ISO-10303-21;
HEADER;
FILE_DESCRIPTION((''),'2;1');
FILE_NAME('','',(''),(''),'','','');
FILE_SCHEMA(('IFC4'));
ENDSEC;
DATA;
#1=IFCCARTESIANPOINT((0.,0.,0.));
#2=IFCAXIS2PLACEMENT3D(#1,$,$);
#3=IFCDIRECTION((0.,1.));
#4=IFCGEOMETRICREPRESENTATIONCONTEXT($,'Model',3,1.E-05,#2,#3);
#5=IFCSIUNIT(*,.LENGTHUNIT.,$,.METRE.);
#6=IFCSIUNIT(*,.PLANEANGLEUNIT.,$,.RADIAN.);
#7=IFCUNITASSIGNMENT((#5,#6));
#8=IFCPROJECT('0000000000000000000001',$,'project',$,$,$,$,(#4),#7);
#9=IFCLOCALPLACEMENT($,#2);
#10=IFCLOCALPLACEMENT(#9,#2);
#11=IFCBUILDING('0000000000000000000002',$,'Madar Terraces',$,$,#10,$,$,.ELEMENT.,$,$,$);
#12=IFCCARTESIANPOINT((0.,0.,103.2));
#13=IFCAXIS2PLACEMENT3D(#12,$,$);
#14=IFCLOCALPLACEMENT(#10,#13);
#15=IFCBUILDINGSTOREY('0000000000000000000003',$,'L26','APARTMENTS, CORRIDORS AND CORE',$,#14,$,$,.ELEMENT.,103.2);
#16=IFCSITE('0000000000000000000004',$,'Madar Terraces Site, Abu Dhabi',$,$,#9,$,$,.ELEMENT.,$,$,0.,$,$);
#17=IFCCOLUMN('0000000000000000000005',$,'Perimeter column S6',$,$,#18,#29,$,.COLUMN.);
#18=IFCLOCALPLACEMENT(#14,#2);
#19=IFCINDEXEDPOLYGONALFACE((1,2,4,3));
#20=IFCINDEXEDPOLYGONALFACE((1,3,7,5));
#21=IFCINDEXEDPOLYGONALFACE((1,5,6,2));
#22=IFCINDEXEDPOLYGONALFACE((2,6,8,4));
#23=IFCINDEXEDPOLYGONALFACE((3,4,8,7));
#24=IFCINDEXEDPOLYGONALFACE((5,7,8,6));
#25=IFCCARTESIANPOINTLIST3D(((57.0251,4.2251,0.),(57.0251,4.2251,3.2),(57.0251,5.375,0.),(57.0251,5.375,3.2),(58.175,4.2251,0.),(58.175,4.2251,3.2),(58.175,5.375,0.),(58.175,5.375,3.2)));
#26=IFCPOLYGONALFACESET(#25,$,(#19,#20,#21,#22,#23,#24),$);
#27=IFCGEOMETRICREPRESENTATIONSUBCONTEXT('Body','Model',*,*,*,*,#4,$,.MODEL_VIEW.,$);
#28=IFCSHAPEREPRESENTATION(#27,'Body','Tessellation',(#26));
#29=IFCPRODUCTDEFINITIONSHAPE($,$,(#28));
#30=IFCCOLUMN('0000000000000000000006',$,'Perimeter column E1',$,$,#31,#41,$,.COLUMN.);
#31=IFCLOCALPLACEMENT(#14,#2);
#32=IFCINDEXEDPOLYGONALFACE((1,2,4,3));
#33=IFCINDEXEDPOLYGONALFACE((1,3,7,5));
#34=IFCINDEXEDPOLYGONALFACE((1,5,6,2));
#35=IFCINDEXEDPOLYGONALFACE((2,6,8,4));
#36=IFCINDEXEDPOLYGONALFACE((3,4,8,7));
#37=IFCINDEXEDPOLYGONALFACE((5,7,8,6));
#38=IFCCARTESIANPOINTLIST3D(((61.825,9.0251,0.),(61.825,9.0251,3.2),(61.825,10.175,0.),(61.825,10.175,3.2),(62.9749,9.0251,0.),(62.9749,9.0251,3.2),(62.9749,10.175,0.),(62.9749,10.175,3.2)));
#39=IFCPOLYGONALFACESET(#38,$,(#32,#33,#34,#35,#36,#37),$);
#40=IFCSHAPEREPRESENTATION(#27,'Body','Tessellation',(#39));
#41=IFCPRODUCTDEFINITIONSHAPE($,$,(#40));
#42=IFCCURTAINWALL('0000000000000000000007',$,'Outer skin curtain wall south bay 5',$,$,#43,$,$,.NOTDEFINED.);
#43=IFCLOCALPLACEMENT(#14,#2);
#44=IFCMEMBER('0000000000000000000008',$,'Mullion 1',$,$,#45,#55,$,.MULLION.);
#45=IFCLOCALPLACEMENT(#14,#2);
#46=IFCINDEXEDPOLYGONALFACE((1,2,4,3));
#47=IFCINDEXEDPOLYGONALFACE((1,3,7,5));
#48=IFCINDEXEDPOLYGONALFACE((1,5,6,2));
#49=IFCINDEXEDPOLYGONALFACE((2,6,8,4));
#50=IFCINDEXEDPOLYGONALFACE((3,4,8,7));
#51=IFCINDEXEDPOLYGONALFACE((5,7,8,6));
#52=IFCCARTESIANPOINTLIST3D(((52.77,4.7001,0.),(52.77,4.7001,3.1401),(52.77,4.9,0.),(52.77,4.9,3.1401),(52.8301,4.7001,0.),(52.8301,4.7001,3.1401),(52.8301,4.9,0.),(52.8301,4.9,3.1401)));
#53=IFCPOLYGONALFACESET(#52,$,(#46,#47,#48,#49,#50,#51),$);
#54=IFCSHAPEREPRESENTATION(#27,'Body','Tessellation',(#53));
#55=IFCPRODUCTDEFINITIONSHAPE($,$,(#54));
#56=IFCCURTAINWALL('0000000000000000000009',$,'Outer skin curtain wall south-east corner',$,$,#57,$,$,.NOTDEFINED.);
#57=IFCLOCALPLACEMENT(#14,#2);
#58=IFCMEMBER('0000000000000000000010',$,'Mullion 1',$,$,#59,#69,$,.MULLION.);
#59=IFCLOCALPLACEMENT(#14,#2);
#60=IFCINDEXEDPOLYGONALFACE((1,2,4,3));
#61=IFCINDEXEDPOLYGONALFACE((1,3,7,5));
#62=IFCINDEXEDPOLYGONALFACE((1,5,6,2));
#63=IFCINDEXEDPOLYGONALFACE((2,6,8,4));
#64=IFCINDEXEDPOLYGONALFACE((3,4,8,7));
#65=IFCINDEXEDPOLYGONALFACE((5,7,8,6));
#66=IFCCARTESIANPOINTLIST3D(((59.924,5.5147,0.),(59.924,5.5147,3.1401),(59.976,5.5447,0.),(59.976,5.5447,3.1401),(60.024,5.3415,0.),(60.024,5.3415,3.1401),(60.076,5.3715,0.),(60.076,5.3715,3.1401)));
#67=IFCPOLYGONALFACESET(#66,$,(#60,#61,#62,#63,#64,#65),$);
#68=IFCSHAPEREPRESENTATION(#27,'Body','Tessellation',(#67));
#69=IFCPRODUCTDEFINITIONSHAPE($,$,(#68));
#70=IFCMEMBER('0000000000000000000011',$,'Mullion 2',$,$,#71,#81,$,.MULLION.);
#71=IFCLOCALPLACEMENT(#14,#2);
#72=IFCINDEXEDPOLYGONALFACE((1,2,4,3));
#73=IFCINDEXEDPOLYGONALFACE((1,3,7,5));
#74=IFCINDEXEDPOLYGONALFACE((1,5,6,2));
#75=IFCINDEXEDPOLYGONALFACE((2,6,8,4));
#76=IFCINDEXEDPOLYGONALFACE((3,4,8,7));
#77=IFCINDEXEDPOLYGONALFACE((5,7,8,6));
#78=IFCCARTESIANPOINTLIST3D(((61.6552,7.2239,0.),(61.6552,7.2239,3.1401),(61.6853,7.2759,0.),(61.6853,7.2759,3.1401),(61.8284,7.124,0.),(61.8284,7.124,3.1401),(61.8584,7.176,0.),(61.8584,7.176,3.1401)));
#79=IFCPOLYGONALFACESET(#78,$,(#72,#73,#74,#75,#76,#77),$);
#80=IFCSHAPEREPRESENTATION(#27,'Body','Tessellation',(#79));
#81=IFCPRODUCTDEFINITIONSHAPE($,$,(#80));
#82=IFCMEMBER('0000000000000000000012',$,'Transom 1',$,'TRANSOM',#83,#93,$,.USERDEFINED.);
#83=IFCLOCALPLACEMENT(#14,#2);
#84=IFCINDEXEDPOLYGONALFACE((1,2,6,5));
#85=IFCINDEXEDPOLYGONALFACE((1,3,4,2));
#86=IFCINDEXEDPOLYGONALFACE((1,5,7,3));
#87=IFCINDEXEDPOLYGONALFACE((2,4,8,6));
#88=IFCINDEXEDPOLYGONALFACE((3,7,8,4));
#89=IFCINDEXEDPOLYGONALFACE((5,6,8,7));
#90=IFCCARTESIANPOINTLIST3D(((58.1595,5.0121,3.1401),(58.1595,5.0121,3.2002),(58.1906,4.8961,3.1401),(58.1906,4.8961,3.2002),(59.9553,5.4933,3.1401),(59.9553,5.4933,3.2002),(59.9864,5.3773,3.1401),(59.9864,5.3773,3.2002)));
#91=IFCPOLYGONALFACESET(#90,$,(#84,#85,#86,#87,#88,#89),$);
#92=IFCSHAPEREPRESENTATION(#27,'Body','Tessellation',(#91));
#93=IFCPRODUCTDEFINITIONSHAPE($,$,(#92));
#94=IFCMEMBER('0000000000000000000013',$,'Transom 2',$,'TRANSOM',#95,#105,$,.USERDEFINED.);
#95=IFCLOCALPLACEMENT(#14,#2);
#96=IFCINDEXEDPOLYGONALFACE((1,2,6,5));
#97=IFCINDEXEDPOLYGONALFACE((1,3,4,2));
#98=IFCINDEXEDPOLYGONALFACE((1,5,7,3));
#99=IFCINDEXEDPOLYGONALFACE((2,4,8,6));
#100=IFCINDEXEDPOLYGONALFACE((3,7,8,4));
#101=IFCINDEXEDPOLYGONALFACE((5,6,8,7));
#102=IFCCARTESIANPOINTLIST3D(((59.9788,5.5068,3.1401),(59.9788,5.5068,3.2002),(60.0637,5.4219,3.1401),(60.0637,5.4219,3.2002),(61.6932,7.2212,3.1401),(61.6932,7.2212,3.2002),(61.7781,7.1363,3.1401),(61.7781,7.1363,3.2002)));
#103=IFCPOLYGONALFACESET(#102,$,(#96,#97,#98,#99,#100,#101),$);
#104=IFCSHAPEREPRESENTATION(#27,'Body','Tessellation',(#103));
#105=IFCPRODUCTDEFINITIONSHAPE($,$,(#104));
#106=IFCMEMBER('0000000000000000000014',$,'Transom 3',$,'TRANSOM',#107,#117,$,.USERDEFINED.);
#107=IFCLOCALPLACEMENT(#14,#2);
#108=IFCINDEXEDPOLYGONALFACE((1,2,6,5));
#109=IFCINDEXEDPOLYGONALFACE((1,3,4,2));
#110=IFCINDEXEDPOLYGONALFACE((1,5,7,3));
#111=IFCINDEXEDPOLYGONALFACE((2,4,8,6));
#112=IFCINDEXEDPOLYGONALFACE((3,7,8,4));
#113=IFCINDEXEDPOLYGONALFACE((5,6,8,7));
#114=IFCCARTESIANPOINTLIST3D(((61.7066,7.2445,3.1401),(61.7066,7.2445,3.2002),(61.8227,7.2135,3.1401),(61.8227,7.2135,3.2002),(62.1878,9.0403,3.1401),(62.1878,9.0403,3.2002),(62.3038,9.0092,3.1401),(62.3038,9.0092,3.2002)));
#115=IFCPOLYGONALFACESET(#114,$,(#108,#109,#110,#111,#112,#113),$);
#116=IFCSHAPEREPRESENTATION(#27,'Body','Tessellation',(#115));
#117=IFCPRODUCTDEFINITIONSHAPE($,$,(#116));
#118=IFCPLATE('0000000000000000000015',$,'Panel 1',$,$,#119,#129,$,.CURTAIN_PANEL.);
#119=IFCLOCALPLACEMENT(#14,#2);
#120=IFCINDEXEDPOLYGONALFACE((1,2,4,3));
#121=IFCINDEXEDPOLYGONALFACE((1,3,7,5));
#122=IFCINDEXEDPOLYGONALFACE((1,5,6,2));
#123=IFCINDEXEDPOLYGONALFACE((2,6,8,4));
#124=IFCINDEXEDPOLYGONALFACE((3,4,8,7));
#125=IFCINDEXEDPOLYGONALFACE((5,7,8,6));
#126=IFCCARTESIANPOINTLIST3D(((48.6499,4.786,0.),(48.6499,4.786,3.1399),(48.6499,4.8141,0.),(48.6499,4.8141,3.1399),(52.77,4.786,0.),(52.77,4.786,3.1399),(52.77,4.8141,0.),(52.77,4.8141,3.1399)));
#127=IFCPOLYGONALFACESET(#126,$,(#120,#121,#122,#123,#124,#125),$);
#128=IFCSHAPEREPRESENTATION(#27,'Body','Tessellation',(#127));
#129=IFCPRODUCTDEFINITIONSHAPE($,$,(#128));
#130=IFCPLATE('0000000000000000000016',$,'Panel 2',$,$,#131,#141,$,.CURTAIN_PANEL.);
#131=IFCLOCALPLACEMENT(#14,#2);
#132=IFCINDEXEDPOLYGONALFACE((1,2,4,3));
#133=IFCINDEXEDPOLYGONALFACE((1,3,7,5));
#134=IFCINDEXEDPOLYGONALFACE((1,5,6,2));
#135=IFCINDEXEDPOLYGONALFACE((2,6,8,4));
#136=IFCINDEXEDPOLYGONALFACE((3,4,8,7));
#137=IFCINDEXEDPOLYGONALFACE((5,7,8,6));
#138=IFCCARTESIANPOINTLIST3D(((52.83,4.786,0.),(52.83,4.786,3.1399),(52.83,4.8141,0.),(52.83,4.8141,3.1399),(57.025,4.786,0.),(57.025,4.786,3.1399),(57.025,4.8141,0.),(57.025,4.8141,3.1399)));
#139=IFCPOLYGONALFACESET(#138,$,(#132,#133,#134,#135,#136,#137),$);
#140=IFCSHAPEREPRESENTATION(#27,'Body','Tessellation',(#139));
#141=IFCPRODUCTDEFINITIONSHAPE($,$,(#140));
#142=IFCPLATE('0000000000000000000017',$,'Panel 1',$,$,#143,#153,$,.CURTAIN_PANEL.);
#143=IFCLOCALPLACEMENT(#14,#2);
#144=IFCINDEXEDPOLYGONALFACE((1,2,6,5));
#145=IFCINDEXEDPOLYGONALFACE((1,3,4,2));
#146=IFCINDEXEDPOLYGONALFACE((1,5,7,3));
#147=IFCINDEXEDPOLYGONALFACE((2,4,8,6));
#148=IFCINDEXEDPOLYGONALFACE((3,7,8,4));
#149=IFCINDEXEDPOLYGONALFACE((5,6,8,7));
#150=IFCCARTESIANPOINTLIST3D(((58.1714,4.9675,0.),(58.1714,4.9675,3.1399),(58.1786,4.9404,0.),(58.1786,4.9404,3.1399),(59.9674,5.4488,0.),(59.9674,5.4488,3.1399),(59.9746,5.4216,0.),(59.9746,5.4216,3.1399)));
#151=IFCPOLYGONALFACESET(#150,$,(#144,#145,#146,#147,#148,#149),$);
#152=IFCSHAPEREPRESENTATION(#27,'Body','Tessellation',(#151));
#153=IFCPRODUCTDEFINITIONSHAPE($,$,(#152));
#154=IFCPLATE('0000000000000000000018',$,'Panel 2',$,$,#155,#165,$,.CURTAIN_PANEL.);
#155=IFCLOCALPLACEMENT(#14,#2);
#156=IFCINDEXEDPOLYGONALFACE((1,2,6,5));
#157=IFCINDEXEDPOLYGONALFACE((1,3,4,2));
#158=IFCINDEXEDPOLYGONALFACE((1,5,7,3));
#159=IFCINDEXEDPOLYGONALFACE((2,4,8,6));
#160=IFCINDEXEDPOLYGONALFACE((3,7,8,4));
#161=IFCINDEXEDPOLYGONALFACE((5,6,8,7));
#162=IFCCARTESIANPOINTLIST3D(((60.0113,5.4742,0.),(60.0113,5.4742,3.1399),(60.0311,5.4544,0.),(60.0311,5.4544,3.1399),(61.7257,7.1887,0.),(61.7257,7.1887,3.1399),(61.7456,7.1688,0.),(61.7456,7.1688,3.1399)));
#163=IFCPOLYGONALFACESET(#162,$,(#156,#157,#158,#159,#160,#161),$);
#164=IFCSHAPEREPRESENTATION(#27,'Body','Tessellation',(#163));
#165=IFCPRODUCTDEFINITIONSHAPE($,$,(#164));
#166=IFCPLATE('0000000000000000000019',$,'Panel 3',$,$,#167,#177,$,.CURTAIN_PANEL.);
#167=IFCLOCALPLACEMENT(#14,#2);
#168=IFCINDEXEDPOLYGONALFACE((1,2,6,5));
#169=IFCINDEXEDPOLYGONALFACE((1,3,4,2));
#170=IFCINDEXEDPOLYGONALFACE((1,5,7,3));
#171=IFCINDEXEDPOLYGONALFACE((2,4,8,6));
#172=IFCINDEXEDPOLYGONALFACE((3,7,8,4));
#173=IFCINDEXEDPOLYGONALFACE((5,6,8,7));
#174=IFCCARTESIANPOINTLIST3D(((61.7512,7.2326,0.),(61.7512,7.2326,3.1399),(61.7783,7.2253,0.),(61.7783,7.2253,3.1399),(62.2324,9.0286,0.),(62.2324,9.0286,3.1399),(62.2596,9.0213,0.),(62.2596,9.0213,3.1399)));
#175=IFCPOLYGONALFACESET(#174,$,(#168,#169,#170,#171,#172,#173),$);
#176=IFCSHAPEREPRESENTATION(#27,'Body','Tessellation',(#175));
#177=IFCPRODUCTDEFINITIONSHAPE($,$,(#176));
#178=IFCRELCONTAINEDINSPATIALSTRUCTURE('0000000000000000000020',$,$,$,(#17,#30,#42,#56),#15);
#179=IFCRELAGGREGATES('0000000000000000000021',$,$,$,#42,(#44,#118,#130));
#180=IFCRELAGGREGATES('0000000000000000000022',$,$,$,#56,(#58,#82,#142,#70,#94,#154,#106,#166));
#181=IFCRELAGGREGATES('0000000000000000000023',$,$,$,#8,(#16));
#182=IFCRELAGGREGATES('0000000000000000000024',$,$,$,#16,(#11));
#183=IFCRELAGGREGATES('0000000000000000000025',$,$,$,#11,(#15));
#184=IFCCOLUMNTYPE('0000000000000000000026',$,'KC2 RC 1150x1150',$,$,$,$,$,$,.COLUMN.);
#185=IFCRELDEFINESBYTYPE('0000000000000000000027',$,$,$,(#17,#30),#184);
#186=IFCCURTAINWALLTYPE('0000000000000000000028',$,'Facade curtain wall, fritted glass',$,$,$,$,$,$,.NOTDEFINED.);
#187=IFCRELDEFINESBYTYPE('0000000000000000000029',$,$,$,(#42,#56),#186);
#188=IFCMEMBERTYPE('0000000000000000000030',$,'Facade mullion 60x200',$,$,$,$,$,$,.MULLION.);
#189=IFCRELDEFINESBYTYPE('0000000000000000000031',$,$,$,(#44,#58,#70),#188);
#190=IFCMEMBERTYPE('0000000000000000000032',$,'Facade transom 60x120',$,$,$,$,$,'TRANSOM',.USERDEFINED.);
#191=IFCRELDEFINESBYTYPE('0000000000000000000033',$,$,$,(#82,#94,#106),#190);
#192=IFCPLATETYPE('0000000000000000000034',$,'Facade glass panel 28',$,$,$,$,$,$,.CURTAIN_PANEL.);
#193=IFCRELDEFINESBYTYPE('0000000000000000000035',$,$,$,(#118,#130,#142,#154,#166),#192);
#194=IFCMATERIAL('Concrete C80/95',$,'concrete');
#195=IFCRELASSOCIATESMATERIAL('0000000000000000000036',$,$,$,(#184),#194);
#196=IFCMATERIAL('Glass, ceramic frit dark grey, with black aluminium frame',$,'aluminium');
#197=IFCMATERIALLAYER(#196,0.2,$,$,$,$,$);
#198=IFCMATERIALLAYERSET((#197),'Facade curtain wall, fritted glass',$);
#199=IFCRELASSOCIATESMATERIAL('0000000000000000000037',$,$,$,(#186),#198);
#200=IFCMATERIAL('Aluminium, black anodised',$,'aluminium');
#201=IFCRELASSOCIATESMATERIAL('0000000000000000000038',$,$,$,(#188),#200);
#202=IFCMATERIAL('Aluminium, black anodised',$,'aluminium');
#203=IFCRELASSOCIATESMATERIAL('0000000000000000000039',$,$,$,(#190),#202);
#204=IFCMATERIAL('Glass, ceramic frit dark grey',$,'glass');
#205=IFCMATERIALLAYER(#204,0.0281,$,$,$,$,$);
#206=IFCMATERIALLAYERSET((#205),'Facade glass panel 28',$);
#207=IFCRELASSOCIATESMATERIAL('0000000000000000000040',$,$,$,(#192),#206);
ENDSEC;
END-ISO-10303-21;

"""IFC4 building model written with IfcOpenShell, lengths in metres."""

from ifc_helpers import new_model, si_unit, direction, frame, origin, origin_2d, place, context, subcontext, project, spatial, rectangle, extrude, material, layer, layer_set, material_profile, profile_set, type_object, element, aggregate, save


model = new_model("IFC4")

# Units and contexts
model_context = context("Model", 3, precision=1e-05, world=origin(), true_north=direction((0.0, 1.0)))
body_context = subcontext(model_context, "Body", "Model", "MODEL_VIEW")
ifc_project = project(units=[si_unit("LENGTHUNIT", "METRE"), si_unit("PLANEANGLEUNIT", "RADIAN")], contexts=[model_context])

# Site, building, storey
site_placement = place(None, origin())
site = spatial("IfcSite", under=ifc_project, at=site_placement, Name="Madar Terraces Site, Abu Dhabi", CompositionType="ELEMENT", RefElevation=0.0)
building_placement = place(site_placement, origin())
building = spatial("IfcBuilding", under=site, at=building_placement, Name="Madar Terraces", CompositionType="ELEMENT")
storey_placement = place(building_placement, frame((0.0, 0.0, 103.2)))
storey = spatial("IfcBuildingStorey", under=building, at=storey_placement, Name="L26", Description="APARTMENTS, CORRIDORS AND CORE", CompositionType="ELEMENT", Elevation=103.2)

# Columns
ifc_material_1 = material(Name="Concrete C80/95", Category="concrete")
ifc_material_profile_1 = material_profile(ifc_material_1, rectangle(XDim=1.1499, YDim=1.1499, at=origin_2d()), Name="KC2 RC 1150x1150")
ifc_profile_set_1 = profile_set([ifc_material_profile_1], Name="Concrete C80/95")
column_type = type_object("IfcColumnType", Name="KC2 RC 1150x1150", PredefinedType="COLUMN", material=ifc_profile_set_1)
for number, where, z_axis, x_axis, name in (
    (1, (57.6001, 4.8, 0.0), (0.0, 0.0, 1.0), (1.0, 0.0, 0.0), "Perimeter column S6"),
    (2, (62.3999, 9.6001, 0.0), (0.0, 0.0, 1.0), (1.0, 0.0, 0.0), "Perimeter column E1"),
):
    element("IfcColumn", number, at=place(storey_placement, frame(where, z_axis=z_axis, x_axis=x_axis)), inside=storey, type_object=column_type, Name=name, PredefinedType="COLUMN", context=body_context, shape_type="SweptSolid", body=[
        extrude(rectangle(XDim=1.1499, YDim=1.1499, at=origin_2d()), origin(), (0.0, 0.0, 1.0), 3.2),
    ])

# Curtain wall, member
ifc_material_2 = material(Name="Glass, ceramic frit dark grey, with black aluminium frame", Category="aluminium")
ifc_layer_1 = layer(ifc_material_2, 0.2)
ifc_layer_set_1 = layer_set([ifc_layer_1], Name="Facade curtain wall, fritted glass")
curtain_wall_type = type_object("IfcCurtainWallType", Name="Facade curtain wall, fritted glass", PredefinedType="NOTDEFINED", material=ifc_layer_set_1)
curtain_wall_1_placement = place(storey_placement, origin())
curtain_wall_1 = element("IfcCurtainWall", 3, at=curtain_wall_1_placement, inside=storey, type_object=curtain_wall_type, Name="Outer skin curtain wall south bay 5", PredefinedType="NOTDEFINED")
ifc_material_3 = material(Name="Aluminium, black anodised", Category="aluminium")
ifc_material_profile_2 = material_profile(ifc_material_3, rectangle(XDim=0.2, YDim=0.0601, at=origin_2d()), Name="Facade mullion 60x200")
ifc_profile_set_2 = profile_set([ifc_material_profile_2], Name="Aluminium, black anodised")
member_type_1 = type_object("IfcMemberType", Name="Facade mullion 60x200", PredefinedType="MULLION", material=ifc_profile_set_2)
member_1_placement = place(storey_placement, frame((52.8, 4.8, 0.0), z_axis=(0.0, 0.0, 1.0), x_axis=(0.0, 1.0, 0.0)))
member_1 = element("IfcMember", 4, at=member_1_placement, type_object=member_type_1, Name="Mullion 1", PredefinedType="MULLION", context=body_context, shape_type="SweptSolid", body=[
    extrude(rectangle(XDim=0.2, YDim=0.0601, at=origin_2d()), origin(), (0.0, 0.0, 1.0), 3.1401),
])

# Curtain wall, members
curtain_wall_2_placement = place(storey_placement, origin())
curtain_wall_2 = element("IfcCurtainWall", 5, at=curtain_wall_2_placement, inside=storey, type_object=curtain_wall_type, Name="Outer skin curtain wall south-east corner", PredefinedType="NOTDEFINED")
member_2_placement = place(storey_placement, frame((60.0, 5.4431, 0.0), z_axis=(0.0, 0.0, 1.0), x_axis=(-0.5, 0.866025, 0.0)))
member_2 = element("IfcMember", 6, at=member_2_placement, type_object=member_type_1, Name="Mullion 1", PredefinedType="MULLION", context=body_context, shape_type="SweptSolid", body=[
    extrude(rectangle(XDim=0.2, YDim=0.0601, at=origin_2d()), origin(), (0.0, 0.0, 1.0), 3.1401),
])
member_3_placement = place(storey_placement, frame((61.7568, 7.2, 0.0), z_axis=(0.0, 0.0, 1.0), x_axis=(-0.866025, 0.5, 0.0)))
member_3 = element("IfcMember", 7, at=member_3_placement, type_object=member_type_1, Name="Mullion 2", PredefinedType="MULLION", context=body_context, shape_type="SweptSolid", body=[
    extrude(rectangle(XDim=0.2, YDim=0.0601, at=origin_2d()), origin(), (0.0, 0.0, 1.0), 3.1401),
])
ifc_material_4 = material(Name="Aluminium, black anodised", Category="aluminium")
ifc_material_profile_3 = material_profile(ifc_material_4, rectangle(XDim=0.1201, YDim=0.0601, at=origin_2d()), Name="Facade transom 60x120")
ifc_profile_set_3 = profile_set([ifc_material_profile_3], Name="Aluminium, black anodised")
member_type_2 = type_object("IfcMemberType", Name="Facade transom 60x120", ElementType="TRANSOM", PredefinedType="USERDEFINED", material=ifc_profile_set_3)
member_4_placement = place(storey_placement, frame((58.175, 4.9541, 3.1702), z_axis=(0.965927, 0.258815, 0.0), x_axis=(-0.258815, 0.965927, 0.0)))
member_4 = element("IfcMember", 8, at=member_4_placement, type_object=member_type_2, Name="Transom 1", ObjectType="TRANSOM", PredefinedType="USERDEFINED", context=body_context, shape_type="SweptSolid", body=[
    extrude(rectangle(XDim=0.1201, YDim=0.0601, at=origin_2d()), origin(), (0.0, 0.0, 1.0), 1.8591),
])
member_5_placement = place(storey_placement, frame((60.0212, 5.4644, 3.1702), z_axis=(0.707107, 0.707107, 0.0), x_axis=(-0.707107, 0.707107, 0.0)))
member_5 = element("IfcMember", 9, at=member_5_placement, type_object=member_type_2, Name="Transom 2", ObjectType="TRANSOM", PredefinedType="USERDEFINED", context=body_context, shape_type="SweptSolid", body=[
    extrude(rectangle(XDim=0.1201, YDim=0.0601, at=origin_2d()), origin(), (0.0, 0.0, 1.0), 2.4246),
])
member_6_placement = place(storey_placement, frame((61.7646, 7.229, 3.1702), z_axis=(0.258815, 0.965927, 0.0), x_axis=(-0.965927, 0.258815, 0.0)))
member_6 = element("IfcMember", 10, at=member_6_placement, type_object=member_type_2, Name="Transom 3", ObjectType="TRANSOM", PredefinedType="USERDEFINED", context=body_context, shape_type="SweptSolid", body=[
    extrude(rectangle(XDim=0.1201, YDim=0.0601, at=origin_2d()), origin(), (0.0, 0.0, 1.0), 1.8591),
])

# Plates
ifc_material_5 = material(Name="Glass, ceramic frit dark grey", Category="glass")
ifc_layer_2 = layer(ifc_material_5, 0.0281)
ifc_layer_set_2 = layer_set([ifc_layer_2], Name="Facade glass panel 28")
plate_type = type_object("IfcPlateType", Name="Facade glass panel 28", PredefinedType="CURTAIN_PANEL", material=ifc_layer_set_2)
plate_1_placement = place(storey_placement, frame((50.71, 4.8, 0.0), z_axis=(0.0, 0.0, 1.0), x_axis=(1.0, 0.0, 0.0)))
plate_1 = element("IfcPlate", 11, at=plate_1_placement, type_object=plate_type, Name="Panel 1", PredefinedType="CURTAIN_PANEL", context=body_context, shape_type="SweptSolid", body=[
    extrude(rectangle(XDim=4.1201, YDim=0.0281, at=origin_2d()), origin(), (0.0, 0.0, 1.0), 3.1399),
])
plate_2_placement = place(storey_placement, frame((54.9275, 4.8, 0.0), z_axis=(0.0, 0.0, 1.0), x_axis=(1.0, 0.0, 0.0)))
plate_2 = element("IfcPlate", 12, at=plate_2_placement, type_object=plate_type, Name="Panel 2", PredefinedType="CURTAIN_PANEL", context=body_context, shape_type="SweptSolid", body=[
    extrude(rectangle(XDim=4.1951, YDim=0.0281, at=origin_2d()), origin(), (0.0, 0.0, 1.0), 3.1399),
])
aggregate(curtain_wall_1, [member_1, plate_1, plate_2])
plate_3_placement = place(storey_placement, frame((59.073, 5.1946, 0.0), z_axis=(0.0, 0.0, 1.0), x_axis=(0.965926, 0.258819, 0.0)))
plate_3 = element("IfcPlate", 13, at=plate_3_placement, type_object=plate_type, Name="Panel 1", PredefinedType="CURTAIN_PANEL", context=body_context, shape_type="SweptSolid", body=[
    extrude(rectangle(XDim=1.8594, YDim=0.0281, at=origin_2d()), origin(), (0.0, 0.0, 1.0), 3.1399),
])
plate_4_placement = place(storey_placement, frame((60.8784, 6.3215, 0.0), z_axis=(0.0, 0.0, 1.0), x_axis=(0.707107, 0.707107, 0.0)))
plate_4 = element("IfcPlate", 14, at=plate_4_placement, type_object=plate_type, Name="Panel 2", PredefinedType="CURTAIN_PANEL", context=body_context, shape_type="SweptSolid", body=[
    extrude(rectangle(XDim=2.4246, YDim=0.0281, at=origin_2d()), origin(), (0.0, 0.0, 1.0), 3.1399),
])
plate_5_placement = place(storey_placement, frame((62.0054, 8.127, 0.0), z_axis=(0.0, 0.0, 1.0), x_axis=(0.258819, 0.965926, 0.0)))
plate_5 = element("IfcPlate", 15, at=plate_5_placement, type_object=plate_type, Name="Panel 3", PredefinedType="CURTAIN_PANEL", context=body_context, shape_type="SweptSolid", body=[
    extrude(rectangle(XDim=1.8594, YDim=0.0281, at=origin_2d()), origin(), (0.0, 0.0, 1.0), 3.1399),
])
aggregate(curtain_wall_2, [member_2, member_4, plate_3, member_3, member_5, plate_4, member_6, plate_5])

save(model, "model.ifc")
